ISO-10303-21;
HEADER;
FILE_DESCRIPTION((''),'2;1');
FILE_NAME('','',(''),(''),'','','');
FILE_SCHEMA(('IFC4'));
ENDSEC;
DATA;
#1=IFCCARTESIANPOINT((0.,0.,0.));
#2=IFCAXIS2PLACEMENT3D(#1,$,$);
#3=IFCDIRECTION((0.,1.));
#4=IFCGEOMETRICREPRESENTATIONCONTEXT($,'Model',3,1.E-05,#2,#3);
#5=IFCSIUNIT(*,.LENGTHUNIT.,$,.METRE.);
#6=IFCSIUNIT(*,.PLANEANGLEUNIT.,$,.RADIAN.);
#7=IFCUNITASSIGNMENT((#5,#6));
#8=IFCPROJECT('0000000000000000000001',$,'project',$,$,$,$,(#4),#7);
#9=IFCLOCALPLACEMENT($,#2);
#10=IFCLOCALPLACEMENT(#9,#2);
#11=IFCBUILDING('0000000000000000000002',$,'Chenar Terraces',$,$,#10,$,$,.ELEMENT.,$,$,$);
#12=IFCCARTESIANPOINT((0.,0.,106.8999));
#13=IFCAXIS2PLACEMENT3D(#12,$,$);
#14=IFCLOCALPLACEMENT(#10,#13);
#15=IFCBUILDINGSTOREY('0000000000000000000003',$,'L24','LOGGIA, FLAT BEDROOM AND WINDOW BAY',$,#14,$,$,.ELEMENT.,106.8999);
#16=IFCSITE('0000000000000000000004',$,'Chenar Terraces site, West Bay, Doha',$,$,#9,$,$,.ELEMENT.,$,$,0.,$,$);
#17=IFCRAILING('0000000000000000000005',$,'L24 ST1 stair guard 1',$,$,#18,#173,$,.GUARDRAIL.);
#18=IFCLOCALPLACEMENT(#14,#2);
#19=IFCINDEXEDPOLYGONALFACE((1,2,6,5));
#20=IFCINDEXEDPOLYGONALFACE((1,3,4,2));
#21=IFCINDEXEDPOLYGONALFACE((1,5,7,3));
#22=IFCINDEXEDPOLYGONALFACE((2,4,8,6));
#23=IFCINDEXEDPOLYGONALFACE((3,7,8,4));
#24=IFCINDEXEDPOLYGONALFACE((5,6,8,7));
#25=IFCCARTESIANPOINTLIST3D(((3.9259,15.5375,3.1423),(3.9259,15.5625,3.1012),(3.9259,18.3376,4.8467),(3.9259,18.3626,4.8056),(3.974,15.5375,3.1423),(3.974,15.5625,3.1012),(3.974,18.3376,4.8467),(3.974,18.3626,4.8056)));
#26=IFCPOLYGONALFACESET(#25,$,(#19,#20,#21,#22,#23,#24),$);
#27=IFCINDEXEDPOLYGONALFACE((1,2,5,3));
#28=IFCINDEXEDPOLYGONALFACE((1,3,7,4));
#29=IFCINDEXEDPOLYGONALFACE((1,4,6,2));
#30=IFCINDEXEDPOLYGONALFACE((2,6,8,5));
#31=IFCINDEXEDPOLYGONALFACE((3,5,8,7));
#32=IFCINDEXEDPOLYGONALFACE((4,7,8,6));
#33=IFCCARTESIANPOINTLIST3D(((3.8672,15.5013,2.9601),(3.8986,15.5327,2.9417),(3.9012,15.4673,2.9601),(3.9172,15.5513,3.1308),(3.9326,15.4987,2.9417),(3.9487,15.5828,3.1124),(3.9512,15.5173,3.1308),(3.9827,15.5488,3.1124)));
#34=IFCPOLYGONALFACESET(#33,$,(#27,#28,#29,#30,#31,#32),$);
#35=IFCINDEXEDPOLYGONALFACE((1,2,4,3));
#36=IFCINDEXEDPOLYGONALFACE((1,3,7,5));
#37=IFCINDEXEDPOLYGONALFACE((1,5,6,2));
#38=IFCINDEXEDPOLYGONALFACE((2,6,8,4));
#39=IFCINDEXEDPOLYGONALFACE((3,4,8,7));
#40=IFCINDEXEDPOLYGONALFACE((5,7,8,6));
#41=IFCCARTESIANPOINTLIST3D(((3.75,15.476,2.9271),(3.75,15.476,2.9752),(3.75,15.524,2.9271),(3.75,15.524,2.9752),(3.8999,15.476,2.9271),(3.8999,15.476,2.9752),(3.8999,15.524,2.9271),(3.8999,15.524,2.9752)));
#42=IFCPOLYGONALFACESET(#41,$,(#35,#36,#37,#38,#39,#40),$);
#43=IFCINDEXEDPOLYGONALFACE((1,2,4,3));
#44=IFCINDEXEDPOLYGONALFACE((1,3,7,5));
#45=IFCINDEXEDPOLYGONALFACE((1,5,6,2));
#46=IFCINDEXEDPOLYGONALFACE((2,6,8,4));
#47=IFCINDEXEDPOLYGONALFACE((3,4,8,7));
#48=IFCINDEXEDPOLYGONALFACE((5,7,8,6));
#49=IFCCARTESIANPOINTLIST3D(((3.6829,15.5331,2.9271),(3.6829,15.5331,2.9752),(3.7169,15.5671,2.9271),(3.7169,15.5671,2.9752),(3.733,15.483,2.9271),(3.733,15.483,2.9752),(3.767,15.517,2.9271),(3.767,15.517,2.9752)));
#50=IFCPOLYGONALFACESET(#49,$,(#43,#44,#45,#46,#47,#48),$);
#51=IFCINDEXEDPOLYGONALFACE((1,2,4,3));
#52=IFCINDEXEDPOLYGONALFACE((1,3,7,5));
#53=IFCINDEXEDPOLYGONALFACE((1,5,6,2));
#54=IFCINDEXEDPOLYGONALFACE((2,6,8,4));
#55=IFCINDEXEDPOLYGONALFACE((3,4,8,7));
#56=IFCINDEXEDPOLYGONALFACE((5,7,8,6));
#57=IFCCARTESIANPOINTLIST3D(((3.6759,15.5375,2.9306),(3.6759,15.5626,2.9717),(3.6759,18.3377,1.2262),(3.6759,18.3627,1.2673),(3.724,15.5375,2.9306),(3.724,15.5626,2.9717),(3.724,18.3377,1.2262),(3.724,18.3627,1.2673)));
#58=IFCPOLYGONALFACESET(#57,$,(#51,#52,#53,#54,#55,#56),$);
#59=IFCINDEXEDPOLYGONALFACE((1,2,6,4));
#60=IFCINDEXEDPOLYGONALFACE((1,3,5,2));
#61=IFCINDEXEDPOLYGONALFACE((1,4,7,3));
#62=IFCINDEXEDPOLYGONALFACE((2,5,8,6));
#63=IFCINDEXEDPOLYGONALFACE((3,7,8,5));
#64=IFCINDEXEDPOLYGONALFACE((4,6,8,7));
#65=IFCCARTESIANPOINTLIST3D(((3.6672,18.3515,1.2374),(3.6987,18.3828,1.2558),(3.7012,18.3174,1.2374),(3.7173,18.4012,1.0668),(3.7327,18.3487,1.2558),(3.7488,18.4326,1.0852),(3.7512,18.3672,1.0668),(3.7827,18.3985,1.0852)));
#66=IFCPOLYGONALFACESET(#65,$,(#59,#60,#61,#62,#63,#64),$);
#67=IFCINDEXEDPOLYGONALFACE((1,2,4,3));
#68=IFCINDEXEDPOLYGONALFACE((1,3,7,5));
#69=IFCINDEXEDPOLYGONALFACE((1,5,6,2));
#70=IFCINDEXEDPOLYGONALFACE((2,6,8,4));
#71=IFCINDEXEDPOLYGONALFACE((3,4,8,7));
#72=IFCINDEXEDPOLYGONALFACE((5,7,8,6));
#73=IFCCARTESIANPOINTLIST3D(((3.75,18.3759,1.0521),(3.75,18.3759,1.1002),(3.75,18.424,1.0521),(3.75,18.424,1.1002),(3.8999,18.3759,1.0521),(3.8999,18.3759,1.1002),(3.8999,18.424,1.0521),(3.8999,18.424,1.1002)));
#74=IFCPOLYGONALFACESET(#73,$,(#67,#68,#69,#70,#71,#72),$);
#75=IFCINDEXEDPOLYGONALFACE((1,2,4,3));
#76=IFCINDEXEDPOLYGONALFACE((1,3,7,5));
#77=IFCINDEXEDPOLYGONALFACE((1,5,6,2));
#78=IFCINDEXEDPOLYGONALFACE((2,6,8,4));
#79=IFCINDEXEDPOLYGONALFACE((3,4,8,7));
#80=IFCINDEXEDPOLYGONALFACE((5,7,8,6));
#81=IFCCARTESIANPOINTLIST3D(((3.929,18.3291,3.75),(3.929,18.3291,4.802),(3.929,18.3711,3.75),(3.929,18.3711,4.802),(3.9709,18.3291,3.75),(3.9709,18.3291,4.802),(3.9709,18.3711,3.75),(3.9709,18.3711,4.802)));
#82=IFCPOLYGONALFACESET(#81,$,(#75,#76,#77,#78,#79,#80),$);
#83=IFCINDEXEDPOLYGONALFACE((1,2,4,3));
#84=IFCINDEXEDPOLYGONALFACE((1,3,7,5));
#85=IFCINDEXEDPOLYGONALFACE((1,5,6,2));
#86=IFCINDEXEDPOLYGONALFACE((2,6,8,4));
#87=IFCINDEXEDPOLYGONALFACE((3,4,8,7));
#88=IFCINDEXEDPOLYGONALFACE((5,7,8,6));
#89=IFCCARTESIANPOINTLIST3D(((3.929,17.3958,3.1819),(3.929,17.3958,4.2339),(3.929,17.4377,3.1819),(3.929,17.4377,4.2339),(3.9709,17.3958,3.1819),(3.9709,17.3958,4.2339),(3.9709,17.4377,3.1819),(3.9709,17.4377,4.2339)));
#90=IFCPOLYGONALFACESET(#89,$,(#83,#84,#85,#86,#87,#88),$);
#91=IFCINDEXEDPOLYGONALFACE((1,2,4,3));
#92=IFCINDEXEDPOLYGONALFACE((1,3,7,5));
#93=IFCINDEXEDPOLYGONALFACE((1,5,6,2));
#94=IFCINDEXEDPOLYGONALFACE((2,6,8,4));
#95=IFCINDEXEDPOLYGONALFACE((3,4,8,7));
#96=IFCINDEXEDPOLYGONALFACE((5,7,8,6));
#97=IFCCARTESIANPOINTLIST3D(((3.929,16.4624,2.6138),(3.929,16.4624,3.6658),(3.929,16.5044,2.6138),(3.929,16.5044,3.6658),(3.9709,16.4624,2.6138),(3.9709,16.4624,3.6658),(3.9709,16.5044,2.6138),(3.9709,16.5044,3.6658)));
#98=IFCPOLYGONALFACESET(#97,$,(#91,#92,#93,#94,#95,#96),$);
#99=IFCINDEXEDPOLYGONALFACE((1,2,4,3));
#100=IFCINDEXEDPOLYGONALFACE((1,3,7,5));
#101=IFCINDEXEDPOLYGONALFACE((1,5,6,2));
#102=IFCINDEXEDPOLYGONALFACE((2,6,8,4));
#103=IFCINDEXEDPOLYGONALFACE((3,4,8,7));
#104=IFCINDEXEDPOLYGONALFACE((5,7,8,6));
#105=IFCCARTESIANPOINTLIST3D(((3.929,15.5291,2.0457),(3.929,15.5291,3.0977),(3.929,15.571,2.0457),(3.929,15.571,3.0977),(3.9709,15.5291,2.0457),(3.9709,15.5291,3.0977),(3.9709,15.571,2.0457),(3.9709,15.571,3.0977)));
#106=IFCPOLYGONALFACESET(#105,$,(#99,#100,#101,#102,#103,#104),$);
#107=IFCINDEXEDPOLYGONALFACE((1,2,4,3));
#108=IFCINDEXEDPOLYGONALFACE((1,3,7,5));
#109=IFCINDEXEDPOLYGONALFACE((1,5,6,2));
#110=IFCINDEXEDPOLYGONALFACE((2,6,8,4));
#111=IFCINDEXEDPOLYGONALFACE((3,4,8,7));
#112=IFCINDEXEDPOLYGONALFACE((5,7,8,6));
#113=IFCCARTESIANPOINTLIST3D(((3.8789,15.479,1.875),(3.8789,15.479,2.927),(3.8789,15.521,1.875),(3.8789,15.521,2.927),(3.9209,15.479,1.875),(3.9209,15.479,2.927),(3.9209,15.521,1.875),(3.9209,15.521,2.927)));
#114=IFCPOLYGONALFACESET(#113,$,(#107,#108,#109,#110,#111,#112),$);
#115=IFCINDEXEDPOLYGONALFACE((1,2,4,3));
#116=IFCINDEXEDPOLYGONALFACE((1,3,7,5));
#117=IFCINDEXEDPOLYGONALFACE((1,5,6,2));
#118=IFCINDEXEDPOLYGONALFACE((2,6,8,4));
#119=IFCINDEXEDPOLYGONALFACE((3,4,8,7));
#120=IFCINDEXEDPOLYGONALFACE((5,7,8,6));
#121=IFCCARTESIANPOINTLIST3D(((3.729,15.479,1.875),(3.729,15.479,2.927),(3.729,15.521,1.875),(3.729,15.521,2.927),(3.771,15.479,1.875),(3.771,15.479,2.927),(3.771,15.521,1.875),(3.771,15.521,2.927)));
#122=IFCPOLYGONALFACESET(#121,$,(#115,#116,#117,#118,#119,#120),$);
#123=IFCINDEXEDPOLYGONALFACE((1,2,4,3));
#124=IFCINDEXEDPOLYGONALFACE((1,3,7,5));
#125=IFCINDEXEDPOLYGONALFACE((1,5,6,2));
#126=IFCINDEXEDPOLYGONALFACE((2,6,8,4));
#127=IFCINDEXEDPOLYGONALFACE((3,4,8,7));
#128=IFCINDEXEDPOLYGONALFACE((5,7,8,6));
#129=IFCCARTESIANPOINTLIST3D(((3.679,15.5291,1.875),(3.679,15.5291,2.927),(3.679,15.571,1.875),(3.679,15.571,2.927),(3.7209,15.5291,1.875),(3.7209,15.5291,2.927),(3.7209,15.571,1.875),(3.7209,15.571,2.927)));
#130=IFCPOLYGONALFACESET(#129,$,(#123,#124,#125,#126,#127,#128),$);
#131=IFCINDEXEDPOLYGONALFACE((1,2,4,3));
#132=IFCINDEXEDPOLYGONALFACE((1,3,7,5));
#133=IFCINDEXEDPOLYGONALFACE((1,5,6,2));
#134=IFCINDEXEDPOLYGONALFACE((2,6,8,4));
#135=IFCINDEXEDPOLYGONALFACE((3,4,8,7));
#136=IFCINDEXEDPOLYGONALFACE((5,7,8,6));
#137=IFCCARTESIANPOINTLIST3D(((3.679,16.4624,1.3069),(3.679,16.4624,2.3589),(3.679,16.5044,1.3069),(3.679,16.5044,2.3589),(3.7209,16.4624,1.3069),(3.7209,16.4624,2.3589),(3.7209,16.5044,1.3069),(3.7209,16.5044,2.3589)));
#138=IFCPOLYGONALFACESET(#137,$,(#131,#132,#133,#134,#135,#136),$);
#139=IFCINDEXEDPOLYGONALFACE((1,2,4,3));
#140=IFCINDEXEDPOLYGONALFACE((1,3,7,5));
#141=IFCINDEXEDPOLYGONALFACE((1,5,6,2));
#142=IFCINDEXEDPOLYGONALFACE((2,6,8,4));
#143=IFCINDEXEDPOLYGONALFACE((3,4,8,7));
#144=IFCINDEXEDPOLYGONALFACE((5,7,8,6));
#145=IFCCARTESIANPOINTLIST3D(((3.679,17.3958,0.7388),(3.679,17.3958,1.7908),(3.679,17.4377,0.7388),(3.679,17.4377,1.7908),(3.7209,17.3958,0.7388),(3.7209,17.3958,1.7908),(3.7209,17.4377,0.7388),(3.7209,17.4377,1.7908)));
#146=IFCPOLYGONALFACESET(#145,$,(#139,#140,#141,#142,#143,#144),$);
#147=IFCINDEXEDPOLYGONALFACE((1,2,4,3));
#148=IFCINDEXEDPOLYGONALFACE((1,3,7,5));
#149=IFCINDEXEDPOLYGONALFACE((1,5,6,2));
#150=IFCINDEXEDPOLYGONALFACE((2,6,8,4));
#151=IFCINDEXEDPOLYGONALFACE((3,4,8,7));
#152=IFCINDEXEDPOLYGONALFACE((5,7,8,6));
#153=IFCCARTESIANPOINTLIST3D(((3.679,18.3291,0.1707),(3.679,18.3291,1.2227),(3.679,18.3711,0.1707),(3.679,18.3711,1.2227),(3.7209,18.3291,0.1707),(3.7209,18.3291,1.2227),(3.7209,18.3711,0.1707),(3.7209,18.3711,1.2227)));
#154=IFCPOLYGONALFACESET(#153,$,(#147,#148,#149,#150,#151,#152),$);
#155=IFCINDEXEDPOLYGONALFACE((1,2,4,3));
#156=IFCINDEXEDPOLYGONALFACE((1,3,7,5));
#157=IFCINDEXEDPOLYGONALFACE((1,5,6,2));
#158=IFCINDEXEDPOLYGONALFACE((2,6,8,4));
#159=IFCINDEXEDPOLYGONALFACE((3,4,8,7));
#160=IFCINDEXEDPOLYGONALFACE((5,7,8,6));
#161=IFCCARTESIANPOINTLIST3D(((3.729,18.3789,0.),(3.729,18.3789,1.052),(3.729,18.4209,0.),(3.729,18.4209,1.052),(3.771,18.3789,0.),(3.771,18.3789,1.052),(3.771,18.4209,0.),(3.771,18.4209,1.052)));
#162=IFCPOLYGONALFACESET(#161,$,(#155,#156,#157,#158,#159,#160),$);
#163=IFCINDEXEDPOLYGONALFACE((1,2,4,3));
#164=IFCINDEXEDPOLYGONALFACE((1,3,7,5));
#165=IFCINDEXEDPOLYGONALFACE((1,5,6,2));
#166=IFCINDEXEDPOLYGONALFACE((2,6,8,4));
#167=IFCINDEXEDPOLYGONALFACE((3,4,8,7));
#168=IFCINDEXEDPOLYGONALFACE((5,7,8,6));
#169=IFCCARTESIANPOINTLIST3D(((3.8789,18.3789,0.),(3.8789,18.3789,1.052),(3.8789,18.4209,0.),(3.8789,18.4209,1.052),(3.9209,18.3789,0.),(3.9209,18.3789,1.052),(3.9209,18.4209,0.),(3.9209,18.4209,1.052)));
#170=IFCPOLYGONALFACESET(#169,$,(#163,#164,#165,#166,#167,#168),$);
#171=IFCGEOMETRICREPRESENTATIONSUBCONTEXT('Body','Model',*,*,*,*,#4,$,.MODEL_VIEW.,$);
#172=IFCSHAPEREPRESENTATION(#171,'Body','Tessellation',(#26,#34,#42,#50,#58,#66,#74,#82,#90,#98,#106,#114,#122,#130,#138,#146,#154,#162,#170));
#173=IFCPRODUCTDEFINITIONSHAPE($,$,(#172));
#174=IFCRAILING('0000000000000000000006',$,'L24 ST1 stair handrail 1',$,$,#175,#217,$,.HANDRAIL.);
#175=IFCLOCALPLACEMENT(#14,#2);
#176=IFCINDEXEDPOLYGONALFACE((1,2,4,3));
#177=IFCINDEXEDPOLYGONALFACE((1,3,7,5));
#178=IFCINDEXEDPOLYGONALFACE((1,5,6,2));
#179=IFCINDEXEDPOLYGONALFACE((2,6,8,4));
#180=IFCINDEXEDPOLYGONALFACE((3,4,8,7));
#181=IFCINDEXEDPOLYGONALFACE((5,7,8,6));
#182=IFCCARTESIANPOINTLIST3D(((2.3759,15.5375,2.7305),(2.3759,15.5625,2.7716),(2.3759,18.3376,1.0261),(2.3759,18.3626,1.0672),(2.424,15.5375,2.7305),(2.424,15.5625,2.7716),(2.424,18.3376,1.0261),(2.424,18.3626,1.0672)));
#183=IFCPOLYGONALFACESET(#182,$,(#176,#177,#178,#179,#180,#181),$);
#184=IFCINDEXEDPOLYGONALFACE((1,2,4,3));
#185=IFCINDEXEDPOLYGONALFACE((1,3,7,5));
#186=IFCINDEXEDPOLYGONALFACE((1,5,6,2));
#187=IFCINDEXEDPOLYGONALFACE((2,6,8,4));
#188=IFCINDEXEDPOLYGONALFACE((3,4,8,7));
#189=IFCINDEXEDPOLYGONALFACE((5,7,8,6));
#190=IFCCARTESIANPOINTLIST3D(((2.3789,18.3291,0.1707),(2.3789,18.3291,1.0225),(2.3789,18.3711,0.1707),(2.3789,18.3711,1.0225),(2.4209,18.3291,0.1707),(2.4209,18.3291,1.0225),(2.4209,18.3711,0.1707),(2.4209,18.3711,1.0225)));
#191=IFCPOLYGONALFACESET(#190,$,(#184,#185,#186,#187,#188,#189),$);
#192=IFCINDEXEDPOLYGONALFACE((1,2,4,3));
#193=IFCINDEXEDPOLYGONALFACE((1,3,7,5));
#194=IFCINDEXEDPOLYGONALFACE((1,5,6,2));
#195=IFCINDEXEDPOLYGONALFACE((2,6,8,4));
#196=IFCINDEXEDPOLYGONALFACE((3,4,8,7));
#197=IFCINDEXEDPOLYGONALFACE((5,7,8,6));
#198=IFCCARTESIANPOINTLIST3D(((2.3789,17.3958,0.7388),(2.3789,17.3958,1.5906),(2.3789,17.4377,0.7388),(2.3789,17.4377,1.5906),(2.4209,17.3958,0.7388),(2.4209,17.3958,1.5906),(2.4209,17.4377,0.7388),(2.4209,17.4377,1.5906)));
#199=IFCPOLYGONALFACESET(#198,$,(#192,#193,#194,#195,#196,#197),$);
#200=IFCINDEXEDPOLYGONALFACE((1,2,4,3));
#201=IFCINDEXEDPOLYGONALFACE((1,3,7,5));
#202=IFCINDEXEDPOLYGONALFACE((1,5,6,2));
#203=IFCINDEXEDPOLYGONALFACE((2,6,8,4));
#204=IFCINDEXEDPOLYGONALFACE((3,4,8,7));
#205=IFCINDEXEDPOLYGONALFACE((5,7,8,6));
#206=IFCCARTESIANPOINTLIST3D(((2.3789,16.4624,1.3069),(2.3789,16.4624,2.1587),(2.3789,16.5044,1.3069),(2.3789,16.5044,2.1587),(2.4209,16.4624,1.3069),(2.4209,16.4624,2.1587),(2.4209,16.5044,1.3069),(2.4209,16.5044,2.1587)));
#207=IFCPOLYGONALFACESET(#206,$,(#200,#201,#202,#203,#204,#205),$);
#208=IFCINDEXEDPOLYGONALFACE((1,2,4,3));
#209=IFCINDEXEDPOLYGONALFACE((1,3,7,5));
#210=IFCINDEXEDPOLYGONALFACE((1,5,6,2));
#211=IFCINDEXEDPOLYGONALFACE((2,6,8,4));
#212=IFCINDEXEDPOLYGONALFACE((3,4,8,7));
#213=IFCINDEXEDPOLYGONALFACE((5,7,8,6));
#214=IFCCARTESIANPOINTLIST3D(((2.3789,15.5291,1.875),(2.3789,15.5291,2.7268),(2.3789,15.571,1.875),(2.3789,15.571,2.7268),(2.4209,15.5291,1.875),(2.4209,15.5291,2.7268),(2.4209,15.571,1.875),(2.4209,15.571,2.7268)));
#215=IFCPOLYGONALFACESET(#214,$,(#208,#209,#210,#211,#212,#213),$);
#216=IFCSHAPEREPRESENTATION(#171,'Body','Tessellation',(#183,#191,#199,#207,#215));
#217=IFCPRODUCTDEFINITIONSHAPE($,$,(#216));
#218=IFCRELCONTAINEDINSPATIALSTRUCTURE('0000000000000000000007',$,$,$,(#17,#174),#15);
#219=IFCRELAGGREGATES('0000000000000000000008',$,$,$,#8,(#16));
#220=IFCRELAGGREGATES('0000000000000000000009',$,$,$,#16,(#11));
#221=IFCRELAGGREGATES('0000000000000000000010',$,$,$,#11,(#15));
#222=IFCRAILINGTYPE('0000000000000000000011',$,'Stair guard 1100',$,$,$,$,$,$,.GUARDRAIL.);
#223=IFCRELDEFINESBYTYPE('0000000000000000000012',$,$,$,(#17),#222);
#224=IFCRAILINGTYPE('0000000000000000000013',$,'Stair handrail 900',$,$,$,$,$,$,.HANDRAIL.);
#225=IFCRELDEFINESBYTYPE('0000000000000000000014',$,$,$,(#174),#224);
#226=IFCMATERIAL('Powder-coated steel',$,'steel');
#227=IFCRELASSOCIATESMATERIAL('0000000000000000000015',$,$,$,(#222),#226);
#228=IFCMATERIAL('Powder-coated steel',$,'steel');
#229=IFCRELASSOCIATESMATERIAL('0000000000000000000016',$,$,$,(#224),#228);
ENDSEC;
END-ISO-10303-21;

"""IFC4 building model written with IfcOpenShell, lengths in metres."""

from ifc_helpers import new_model, si_unit, direction, frame, origin, origin_2d, place, context, subcontext, project, spatial, rectangle, extrude, material, type_object, element, save


model = new_model("IFC4")

# Units and contexts
model_context = context("Model", 3, precision=1e-05, world=origin(), true_north=direction((0.0, 1.0)))
body_context = subcontext(model_context, "Body", "Model", "MODEL_VIEW")
ifc_project = project(units=[si_unit("LENGTHUNIT", "METRE"), si_unit("PLANEANGLEUNIT", "RADIAN")], contexts=[model_context])

# Site, building, storey
site_placement = place(None, origin())
site = spatial("IfcSite", under=ifc_project, at=site_placement, Name="Chenar Terraces site, West Bay, Doha", CompositionType="ELEMENT", RefElevation=0.0)
building_placement = place(site_placement, origin())
building = spatial("IfcBuilding", under=site, at=building_placement, Name="Chenar Terraces", CompositionType="ELEMENT")
storey_placement = place(building_placement, frame((0.0, 0.0, 106.8999)))
storey = spatial("IfcBuildingStorey", under=building, at=storey_placement, Name="L24", Description="LOGGIA, FLAT BEDROOM AND WINDOW BAY", CompositionType="ELEMENT", Elevation=106.8999)

# Railings
ifc_material_1 = material(Name="Powder-coated steel", Category="steel")
railing_type_1 = type_object("IfcRailingType", Name="Stair guard 1100", PredefinedType="GUARDRAIL", material=ifc_material_1)
railing_1_placement = place(storey_placement, frame((3.95, 18.3501, 3.75)))
element("IfcRailing", 1, at=railing_1_placement, inside=storey, type_object=railing_type_1, Name="L24 ST1 stair guard 1", PredefinedType="GUARDRAIL", context=body_context, shape_type="SweptSolid", body=[
    extrude(rectangle(XDim=0.0481, YDim=0.0481, at=origin_2d()), frame((0.0, 0.0, 1.0762), z_axis=(0.0, -0.854203, -0.51994), x_axis=(1.0, 0.0, 0.0)), (0.0, 0.0, 1.0), 3.2781),
    extrude(rectangle(XDim=0.0481, YDim=0.0481, at=origin_2d()), frame((0.0, -2.8, -0.6284), z_axis=(-0.2709, -0.2709, -0.923703), x_axis=(0.707107, -0.707107, 0.0)), (0.0, 0.0, 1.0), 0.1848),
    extrude(rectangle(XDim=0.0481, YDim=0.0481, at=origin_2d()), frame((-0.05, -2.8501, -0.7988), z_axis=(-1.0, 0.0, 0.0), x_axis=(0.0, -1.0, 0.0)), (0.0, 0.0, 1.0), 0.1499),
    extrude(rectangle(XDim=0.0481, YDim=0.0481, at=origin_2d()), frame((-0.2, -2.8501, -0.7988), z_axis=(-0.707107, 0.707107, 0.0), x_axis=(-0.707107, -0.707107, 0.0)), (0.0, 0.0, 1.0), 0.0708),
    extrude(rectangle(XDim=0.0481, YDim=0.0481, at=origin_2d()), frame((-0.25, -2.8, -0.7988), z_axis=(0.0, 0.854203, -0.51994), x_axis=(-1.0, 0.0, 0.0)), (0.0, 0.0, 1.0), 3.2781),
    extrude(rectangle(XDim=0.0481, YDim=0.0481, at=origin_2d()), frame((-0.25, 0.0, -2.5034), z_axis=(0.270997, 0.269675, -0.924033), x_axis=(-0.705376, 0.708834, 0.0)), (0.0, 0.0, 1.0), 0.1846),
    extrude(rectangle(XDim=0.0481, YDim=0.0481, at=origin_2d()), frame((-0.2, 0.0498, -2.6738), z_axis=(1.0, 0.0, 0.0), x_axis=(0.0, 1.0, 0.0)), (0.0, 0.0, 1.0), 0.1499),
    extrude(rectangle(XDim=0.042, YDim=0.042, at=origin_2d()), origin(), (0.0, 0.0, 1.0), 1.052),
    extrude(rectangle(XDim=0.042, YDim=0.042, at=origin_2d()), frame((0.0, -0.9333, -0.5681)), (0.0, 0.0, 1.0), 1.052),
    extrude(rectangle(XDim=0.042, YDim=0.042, at=origin_2d()), frame((0.0, -1.8667, -1.1362)), (0.0, 0.0, 1.0), 1.052),
    extrude(rectangle(XDim=0.042, YDim=0.042, at=origin_2d()), frame((0.0, -2.8, -1.7043)), (0.0, 0.0, 1.0), 1.052),
    extrude(rectangle(XDim=0.042, YDim=0.042, at=origin_2d()), frame((-0.05, -2.8501, -1.875)), (0.0, 0.0, 1.0), 1.052),
    extrude(rectangle(XDim=0.042, YDim=0.042, at=origin_2d()), frame((-0.2, -2.8501, -1.875)), (0.0, 0.0, 1.0), 1.052),
    extrude(rectangle(XDim=0.042, YDim=0.042, at=origin_2d()), frame((-0.25, -2.8, -1.875)), (0.0, 0.0, 1.0), 1.052),
    extrude(rectangle(XDim=0.042, YDim=0.042, at=origin_2d()), frame((-0.25, -1.8667, -2.4431)), (0.0, 0.0, 1.0), 1.052),
    extrude(rectangle(XDim=0.042, YDim=0.042, at=origin_2d()), frame((-0.25, -0.9333, -3.0112)), (0.0, 0.0, 1.0), 1.052),
    extrude(rectangle(XDim=0.042, YDim=0.042, at=origin_2d()), frame((-0.25, 0.0, -3.5793)), (0.0, 0.0, 1.0), 1.052),
    extrude(rectangle(XDim=0.042, YDim=0.042, at=origin_2d()), frame((-0.2, 0.0498, -3.75)), (0.0, 0.0, 1.0), 1.052),
    extrude(rectangle(XDim=0.042, YDim=0.042, at=origin_2d()), frame((-0.05, 0.0498, -3.75)), (0.0, 0.0, 1.0), 1.052),
])
ifc_material_2 = material(Name="Powder-coated steel", Category="steel")
railing_type_2 = type_object("IfcRailingType", Name="Stair handrail 900", PredefinedType="HANDRAIL", material=ifc_material_2)
railing_2_placement = place(storey_placement, frame((2.3999, 18.3501, 0.1707)))
element("IfcRailing", 2, at=railing_2_placement, inside=storey, type_object=railing_type_2, Name="L24 ST1 stair handrail 1", PredefinedType="HANDRAIL", context=body_context, shape_type="SweptSolid", body=[
    extrude(rectangle(XDim=0.0481, YDim=0.0481, at=origin_2d()), frame((0.0, 0.0, 0.876), z_axis=(0.0, -0.854203, 0.51994), x_axis=(1.0, 0.0, 0.0)), (0.0, 0.0, 1.0), 3.2781),
    extrude(rectangle(XDim=0.042, YDim=0.042, at=origin_2d()), origin(), (0.0, 0.0, 1.0), 0.8518),
    extrude(rectangle(XDim=0.042, YDim=0.042, at=origin_2d()), frame((0.0, -0.9333, 0.5681)), (0.0, 0.0, 1.0), 0.8518),
    extrude(rectangle(XDim=0.042, YDim=0.042, at=origin_2d()), frame((0.0, -1.8667, 1.1362)), (0.0, 0.0, 1.0), 0.8518),
    extrude(rectangle(XDim=0.042, YDim=0.042, at=origin_2d()), frame((0.0, -2.8, 1.7043)), (0.0, 0.0, 1.0), 0.8518),
])

save(model, "model.ifc")
